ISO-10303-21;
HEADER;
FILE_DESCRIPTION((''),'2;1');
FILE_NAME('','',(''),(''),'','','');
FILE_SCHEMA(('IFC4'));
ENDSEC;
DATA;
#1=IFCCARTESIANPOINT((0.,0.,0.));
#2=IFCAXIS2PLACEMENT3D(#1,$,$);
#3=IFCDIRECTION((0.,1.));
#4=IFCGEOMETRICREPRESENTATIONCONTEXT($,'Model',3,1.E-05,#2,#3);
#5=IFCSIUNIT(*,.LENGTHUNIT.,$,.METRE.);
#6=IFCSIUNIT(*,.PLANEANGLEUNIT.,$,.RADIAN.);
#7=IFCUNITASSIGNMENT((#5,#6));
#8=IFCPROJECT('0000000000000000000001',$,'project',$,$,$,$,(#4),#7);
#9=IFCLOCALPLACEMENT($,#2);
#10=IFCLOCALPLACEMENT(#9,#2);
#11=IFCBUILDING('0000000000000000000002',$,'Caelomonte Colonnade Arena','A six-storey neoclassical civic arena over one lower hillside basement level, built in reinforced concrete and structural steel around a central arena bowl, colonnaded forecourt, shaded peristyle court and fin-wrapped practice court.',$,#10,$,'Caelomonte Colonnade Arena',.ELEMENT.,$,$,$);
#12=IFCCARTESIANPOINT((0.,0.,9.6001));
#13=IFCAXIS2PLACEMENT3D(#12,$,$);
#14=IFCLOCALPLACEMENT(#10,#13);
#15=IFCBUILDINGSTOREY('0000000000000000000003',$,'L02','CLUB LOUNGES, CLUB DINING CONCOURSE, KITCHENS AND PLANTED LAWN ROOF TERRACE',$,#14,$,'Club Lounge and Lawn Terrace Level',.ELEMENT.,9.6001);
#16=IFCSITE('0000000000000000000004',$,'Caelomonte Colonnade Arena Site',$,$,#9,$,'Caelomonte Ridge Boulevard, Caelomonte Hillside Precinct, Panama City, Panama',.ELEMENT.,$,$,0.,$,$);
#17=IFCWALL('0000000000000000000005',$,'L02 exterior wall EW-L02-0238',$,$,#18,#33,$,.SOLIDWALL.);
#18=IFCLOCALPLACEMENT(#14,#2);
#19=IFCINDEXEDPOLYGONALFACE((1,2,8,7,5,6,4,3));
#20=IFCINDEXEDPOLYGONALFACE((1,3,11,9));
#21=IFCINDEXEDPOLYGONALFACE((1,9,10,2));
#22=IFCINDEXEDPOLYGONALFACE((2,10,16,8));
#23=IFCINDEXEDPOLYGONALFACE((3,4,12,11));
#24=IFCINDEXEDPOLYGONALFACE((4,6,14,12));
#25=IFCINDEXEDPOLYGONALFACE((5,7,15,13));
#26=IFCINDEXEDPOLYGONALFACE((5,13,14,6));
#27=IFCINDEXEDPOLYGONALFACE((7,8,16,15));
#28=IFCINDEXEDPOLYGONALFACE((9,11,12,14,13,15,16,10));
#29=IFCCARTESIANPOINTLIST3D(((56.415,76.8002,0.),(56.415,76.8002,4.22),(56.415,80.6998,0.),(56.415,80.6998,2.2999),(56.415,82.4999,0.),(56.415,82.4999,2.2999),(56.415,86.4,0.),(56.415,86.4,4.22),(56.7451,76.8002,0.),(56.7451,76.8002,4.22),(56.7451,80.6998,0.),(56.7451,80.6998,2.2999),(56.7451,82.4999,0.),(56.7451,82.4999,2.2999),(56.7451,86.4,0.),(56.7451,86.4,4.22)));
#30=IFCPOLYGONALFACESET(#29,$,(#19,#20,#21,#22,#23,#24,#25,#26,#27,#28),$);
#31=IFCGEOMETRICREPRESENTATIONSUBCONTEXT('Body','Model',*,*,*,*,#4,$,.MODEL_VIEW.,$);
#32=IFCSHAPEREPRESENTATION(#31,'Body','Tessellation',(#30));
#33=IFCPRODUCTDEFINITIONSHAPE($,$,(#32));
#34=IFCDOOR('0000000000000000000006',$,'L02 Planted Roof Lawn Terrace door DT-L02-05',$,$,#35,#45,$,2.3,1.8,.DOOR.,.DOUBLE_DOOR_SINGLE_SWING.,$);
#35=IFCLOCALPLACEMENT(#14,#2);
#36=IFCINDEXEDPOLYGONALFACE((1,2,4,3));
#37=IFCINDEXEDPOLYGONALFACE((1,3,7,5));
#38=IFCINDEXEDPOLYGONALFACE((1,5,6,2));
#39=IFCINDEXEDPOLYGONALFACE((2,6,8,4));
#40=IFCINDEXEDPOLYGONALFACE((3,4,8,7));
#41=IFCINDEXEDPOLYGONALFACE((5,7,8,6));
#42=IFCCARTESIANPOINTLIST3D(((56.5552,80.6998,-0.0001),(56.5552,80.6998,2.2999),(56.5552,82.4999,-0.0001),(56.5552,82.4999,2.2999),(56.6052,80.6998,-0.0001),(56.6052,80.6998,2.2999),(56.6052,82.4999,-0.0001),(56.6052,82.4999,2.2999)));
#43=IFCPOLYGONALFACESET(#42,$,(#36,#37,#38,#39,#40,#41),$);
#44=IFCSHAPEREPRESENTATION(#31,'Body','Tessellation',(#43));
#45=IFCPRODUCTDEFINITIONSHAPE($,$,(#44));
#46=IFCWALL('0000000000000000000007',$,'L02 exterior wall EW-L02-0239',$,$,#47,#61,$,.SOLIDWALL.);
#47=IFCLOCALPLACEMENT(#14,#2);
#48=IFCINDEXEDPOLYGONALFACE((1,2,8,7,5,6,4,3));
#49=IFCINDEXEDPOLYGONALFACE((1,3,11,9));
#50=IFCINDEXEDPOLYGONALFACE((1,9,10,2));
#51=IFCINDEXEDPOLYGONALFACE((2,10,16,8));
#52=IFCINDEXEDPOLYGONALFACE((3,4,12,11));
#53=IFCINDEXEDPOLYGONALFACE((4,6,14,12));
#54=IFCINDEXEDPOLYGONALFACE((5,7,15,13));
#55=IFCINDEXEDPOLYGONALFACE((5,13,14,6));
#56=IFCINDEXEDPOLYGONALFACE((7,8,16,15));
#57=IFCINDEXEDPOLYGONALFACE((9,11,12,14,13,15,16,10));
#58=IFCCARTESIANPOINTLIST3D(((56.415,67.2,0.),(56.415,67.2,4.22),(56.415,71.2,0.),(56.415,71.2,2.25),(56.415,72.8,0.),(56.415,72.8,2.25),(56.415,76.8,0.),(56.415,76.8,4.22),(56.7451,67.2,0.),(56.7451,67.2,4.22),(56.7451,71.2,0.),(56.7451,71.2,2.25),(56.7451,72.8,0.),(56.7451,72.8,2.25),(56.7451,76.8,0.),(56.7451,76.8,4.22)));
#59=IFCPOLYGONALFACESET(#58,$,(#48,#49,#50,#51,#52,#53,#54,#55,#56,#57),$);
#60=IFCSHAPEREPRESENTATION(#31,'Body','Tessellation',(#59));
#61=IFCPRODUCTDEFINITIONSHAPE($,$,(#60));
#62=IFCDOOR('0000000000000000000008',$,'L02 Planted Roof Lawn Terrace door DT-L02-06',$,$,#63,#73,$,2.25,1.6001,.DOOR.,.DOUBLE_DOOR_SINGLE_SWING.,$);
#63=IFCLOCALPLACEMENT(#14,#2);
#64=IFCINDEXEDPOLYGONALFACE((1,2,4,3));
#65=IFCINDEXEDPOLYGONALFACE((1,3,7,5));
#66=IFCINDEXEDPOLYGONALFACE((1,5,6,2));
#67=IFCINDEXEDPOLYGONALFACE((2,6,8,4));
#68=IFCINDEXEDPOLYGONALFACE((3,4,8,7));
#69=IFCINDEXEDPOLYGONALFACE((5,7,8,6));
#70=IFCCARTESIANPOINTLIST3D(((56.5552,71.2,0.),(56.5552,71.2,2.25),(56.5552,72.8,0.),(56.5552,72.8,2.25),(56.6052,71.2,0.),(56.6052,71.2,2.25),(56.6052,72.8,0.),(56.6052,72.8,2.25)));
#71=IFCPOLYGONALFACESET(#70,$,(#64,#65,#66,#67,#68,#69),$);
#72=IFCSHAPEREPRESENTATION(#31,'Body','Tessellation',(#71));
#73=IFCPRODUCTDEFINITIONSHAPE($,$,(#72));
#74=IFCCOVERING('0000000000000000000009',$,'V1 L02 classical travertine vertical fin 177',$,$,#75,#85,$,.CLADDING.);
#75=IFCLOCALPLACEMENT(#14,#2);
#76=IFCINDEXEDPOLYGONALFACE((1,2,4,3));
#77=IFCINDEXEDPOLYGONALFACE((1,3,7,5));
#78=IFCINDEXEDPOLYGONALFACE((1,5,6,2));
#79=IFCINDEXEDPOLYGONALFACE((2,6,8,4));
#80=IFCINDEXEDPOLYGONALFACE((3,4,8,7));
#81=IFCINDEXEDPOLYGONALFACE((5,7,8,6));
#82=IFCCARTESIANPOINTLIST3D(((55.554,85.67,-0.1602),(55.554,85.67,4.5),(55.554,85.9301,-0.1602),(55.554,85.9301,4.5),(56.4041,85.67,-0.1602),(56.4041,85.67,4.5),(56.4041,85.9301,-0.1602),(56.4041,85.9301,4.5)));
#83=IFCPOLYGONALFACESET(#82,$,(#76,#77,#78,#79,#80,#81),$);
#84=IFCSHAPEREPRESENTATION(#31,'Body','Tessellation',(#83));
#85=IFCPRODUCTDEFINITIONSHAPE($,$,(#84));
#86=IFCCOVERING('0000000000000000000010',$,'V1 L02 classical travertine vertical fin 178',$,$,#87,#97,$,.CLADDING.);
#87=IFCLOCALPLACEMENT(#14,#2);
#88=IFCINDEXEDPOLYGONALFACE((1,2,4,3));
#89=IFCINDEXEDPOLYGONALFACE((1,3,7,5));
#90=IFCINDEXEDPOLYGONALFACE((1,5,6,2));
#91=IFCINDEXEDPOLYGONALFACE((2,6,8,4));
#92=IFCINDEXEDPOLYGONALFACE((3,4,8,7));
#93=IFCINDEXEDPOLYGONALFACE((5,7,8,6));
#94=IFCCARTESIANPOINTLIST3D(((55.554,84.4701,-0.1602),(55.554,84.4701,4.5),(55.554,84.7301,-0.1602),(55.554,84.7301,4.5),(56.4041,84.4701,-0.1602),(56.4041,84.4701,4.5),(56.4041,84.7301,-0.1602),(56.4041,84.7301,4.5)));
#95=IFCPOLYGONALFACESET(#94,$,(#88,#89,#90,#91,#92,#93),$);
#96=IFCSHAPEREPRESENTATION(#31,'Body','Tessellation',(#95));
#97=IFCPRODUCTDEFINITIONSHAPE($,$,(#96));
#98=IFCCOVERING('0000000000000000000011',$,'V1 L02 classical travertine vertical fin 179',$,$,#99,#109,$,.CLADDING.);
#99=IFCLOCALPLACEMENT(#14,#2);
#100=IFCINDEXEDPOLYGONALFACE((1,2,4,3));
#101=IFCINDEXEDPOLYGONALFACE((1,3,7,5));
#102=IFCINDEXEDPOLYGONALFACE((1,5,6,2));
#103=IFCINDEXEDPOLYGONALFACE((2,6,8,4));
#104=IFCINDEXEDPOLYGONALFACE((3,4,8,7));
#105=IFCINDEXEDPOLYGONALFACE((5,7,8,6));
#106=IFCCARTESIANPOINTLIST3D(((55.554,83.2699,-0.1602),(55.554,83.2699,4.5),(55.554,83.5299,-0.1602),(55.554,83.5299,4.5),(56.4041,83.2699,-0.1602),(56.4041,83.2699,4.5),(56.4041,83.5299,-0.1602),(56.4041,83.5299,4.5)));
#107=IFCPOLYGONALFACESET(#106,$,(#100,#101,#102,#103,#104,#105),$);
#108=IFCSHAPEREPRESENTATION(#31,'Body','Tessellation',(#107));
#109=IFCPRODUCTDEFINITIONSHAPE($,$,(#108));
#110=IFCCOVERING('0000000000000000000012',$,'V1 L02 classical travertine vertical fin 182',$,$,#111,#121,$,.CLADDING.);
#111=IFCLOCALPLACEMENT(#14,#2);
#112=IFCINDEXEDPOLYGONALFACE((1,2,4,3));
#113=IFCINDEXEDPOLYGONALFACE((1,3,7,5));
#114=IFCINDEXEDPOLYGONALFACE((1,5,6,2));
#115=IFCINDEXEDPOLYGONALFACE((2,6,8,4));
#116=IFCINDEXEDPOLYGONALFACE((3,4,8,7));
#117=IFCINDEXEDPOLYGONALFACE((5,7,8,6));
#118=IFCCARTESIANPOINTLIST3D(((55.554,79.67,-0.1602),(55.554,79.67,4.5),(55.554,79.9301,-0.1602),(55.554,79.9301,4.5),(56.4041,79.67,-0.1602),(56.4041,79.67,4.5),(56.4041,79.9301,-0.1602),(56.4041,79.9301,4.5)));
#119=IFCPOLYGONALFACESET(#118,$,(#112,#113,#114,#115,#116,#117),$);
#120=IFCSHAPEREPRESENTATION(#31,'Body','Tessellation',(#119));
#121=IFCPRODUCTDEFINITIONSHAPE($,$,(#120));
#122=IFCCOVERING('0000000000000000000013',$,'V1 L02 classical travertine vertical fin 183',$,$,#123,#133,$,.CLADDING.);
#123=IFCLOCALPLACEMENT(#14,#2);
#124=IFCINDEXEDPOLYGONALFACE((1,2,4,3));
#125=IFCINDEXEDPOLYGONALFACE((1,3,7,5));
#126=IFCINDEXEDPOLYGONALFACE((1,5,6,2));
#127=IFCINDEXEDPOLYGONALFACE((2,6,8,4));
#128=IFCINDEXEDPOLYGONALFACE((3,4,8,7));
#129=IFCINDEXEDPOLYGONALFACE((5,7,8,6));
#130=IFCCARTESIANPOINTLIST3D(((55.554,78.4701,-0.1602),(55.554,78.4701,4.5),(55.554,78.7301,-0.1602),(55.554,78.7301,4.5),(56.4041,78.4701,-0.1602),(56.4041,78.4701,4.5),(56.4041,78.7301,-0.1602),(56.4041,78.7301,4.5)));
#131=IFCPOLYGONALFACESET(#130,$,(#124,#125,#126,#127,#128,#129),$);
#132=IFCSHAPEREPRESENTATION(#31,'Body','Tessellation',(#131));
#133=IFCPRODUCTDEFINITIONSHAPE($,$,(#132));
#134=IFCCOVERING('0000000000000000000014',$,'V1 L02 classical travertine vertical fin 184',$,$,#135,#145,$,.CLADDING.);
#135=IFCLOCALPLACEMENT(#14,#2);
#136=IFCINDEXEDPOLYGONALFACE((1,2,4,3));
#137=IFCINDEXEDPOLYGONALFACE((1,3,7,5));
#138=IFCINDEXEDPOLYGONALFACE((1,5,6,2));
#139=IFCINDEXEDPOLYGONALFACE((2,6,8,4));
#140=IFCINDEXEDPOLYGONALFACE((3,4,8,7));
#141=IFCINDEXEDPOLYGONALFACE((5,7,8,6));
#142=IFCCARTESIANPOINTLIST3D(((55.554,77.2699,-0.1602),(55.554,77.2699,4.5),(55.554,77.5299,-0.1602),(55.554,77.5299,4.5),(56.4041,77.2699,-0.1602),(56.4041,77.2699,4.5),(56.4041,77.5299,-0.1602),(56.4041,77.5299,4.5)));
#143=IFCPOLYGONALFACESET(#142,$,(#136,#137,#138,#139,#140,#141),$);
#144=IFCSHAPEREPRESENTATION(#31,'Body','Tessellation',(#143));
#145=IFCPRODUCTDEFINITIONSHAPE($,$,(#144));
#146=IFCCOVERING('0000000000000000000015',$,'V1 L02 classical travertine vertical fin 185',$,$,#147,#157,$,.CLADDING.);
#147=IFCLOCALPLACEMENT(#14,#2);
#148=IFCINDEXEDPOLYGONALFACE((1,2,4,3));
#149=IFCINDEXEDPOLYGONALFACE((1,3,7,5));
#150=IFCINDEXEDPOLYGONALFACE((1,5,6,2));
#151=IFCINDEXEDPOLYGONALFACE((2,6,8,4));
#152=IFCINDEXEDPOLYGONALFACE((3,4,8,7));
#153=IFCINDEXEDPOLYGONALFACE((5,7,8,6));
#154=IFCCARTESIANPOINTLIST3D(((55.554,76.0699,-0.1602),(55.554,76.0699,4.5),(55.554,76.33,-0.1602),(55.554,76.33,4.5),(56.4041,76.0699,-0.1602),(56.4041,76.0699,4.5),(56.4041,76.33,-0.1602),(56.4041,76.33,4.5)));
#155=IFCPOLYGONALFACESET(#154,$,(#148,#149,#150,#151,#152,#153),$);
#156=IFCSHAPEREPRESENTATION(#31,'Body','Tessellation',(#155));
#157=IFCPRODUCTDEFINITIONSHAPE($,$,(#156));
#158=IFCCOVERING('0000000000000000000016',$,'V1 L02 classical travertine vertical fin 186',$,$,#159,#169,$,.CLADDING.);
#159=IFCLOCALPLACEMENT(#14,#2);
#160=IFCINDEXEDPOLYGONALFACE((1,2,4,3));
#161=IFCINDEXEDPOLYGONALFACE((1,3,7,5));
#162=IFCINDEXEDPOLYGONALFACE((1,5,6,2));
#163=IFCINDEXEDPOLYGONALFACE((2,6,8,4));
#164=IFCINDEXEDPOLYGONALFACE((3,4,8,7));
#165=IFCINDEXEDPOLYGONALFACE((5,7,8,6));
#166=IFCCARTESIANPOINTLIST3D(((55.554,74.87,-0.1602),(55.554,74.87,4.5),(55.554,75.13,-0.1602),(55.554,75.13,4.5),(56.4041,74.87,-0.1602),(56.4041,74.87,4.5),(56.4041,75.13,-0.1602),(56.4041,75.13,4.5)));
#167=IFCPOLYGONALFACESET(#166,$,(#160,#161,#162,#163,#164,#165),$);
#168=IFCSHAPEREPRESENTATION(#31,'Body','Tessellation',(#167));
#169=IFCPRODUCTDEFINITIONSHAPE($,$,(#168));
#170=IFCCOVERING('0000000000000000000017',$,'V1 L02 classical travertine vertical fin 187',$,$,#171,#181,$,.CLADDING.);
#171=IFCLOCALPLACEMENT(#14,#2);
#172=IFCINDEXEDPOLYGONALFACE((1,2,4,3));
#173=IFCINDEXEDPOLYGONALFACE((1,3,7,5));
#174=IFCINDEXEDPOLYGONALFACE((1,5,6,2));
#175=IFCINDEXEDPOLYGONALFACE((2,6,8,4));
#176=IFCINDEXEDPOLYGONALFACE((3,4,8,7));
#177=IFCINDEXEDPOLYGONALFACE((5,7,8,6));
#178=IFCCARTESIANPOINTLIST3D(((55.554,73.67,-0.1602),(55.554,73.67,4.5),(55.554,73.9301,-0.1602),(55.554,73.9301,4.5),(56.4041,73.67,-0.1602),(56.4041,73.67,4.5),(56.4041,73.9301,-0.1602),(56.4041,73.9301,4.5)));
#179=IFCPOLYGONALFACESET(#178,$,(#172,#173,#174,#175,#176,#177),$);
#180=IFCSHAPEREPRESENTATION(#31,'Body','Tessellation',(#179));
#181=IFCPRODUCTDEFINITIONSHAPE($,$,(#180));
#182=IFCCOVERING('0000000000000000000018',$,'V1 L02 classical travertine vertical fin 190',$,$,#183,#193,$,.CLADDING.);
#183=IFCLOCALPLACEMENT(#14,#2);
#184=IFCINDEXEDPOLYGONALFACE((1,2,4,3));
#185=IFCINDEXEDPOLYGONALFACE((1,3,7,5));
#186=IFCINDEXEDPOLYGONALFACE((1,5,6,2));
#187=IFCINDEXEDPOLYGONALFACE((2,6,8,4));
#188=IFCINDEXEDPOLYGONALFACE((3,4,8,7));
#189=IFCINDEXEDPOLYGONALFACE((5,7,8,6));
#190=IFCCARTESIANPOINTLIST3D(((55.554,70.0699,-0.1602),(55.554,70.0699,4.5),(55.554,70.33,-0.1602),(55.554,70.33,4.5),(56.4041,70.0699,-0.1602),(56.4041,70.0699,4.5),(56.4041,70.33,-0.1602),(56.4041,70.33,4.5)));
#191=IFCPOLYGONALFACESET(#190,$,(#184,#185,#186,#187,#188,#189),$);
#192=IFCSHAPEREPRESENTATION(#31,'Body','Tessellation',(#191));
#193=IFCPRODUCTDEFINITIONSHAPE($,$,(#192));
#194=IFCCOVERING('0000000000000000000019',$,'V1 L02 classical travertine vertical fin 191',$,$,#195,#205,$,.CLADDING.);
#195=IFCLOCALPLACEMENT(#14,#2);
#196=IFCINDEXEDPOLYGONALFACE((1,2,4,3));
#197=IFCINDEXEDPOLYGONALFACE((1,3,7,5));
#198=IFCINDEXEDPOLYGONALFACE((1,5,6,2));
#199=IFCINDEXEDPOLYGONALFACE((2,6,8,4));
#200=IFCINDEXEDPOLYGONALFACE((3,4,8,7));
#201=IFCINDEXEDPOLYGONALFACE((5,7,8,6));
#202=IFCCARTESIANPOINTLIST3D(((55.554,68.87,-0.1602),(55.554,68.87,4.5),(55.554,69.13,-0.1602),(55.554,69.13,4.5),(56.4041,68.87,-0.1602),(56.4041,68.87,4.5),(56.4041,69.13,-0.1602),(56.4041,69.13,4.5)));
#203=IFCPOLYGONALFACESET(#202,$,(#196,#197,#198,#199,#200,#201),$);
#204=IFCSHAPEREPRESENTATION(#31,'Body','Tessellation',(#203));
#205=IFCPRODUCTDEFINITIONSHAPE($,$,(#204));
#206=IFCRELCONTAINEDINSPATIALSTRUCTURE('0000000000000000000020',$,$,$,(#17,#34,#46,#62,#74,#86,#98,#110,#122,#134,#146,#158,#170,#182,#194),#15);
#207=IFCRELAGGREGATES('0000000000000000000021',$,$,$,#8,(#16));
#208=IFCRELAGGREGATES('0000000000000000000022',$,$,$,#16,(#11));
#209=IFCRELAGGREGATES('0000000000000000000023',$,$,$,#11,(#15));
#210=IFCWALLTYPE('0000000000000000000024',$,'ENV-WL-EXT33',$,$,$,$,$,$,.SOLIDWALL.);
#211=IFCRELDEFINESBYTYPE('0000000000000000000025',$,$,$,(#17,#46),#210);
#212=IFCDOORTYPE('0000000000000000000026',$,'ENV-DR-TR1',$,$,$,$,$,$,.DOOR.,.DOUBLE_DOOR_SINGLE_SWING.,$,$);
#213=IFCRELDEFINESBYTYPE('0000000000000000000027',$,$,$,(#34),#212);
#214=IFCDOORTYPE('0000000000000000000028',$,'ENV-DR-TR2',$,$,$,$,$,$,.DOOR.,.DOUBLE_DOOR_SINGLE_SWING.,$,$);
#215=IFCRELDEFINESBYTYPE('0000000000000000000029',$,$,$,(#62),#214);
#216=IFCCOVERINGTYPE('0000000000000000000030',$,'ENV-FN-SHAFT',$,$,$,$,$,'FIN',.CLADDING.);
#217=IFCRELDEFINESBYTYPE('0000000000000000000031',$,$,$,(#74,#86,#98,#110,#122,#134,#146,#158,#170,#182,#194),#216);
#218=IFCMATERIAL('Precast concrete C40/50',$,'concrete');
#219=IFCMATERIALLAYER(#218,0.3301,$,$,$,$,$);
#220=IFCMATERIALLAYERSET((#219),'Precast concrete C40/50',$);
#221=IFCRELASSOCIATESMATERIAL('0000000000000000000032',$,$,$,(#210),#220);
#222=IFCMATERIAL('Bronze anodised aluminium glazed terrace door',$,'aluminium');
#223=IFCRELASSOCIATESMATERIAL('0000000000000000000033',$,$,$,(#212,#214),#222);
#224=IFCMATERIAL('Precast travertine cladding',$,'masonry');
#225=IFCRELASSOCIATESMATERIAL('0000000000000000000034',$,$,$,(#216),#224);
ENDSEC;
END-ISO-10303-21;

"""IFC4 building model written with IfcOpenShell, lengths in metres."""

from ifc_helpers import new_model, si_unit, direction, frame, frame_2d, origin, origin_2d, place, context, subcontext, project, spatial, rectangle, extrude, material, layer, layer_set, material_profile, profile_set, type_object, element, fill, save


model = new_model("IFC4")

# Units and contexts
model_context = context("Model", 3, precision=1e-05, world=origin(), true_north=direction((0.0, 1.0)))
body_context = subcontext(model_context, "Body", "Model", "MODEL_VIEW")
ifc_project = project(units=[si_unit("LENGTHUNIT", "METRE"), si_unit("PLANEANGLEUNIT", "RADIAN")], contexts=[model_context])

# Site, building, storey
site_placement = place(None, origin())
site = spatial("IfcSite", under=ifc_project, at=site_placement, Name="Caelomonte Colonnade Arena Site", LongName="Caelomonte Ridge Boulevard, Caelomonte Hillside Precinct, Panama City, Panama", CompositionType="ELEMENT", RefElevation=0.0)
building_placement = place(site_placement, origin())
building = spatial("IfcBuilding", under=site, at=building_placement, Name="Caelomonte Colonnade Arena", Description="A six-storey neoclassical civic arena over one lower hillside basement level, built in reinforced concrete and structural steel around a central arena bowl, colonnaded forecourt, shaded peristyle court and fin-wrapped practice court.", LongName="Caelomonte Colonnade Arena", CompositionType="ELEMENT")
storey_placement = place(building_placement, frame((0.0, 0.0, 9.6001)))
storey = spatial("IfcBuildingStorey", under=building, at=storey_placement, Name="L02", Description="CLUB LOUNGES, CLUB DINING CONCOURSE, KITCHENS AND PLANTED LAWN ROOF TERRACE", LongName="Club Lounge and Lawn Terrace Level", CompositionType="ELEMENT", Elevation=9.6001)

# Walls, openings, doors
ifc_material_1 = material(Name="Precast concrete C40/50", Category="concrete")
ifc_layer = layer(ifc_material_1, 0.3301)
ifc_layer_set = layer_set([ifc_layer], Name="Precast concrete C40/50")
wall_type = type_object("IfcWallType", Name="ENV-WL-EXT33", PredefinedType="SOLIDWALL", material=ifc_layer_set)
wall_1_placement = place(storey_placement, frame((56.5801, 86.3999, 0.0), z_axis=(0.0, 0.0, 1.0), x_axis=(0.0, -1.0, 0.0)))
wall_1 = element("IfcWall", 1, at=wall_1_placement, inside=storey, type_object=wall_type, Name="L02 exterior wall EW-L02-0238", PredefinedType="SOLIDWALL", context=body_context, shape_type="SweptSolid", body=[
    extrude(rectangle(XDim=9.5999, YDim=0.3301, at=frame_2d((4.7998, 0.0))), origin(), (0.0, 0.0, 1.0), 4.22),
])
opening_1_placement = place(wall_1_placement, frame((5.7, 0.0, 0.0), z_axis=(0.0, 0.0, 1.0), x_axis=(-1.0, 0.0, 0.0)))
opening_1 = element("IfcOpeningElement", 2, at=opening_1_placement, cuts=wall_1, PredefinedType="OPENING", context=body_context, shape_type="SweptSolid", body=[
    extrude(rectangle(XDim=1.8, YDim=2.3, at=frame_2d((0.8999, 1.1499))), frame((0.0, 0.175, 0.0), z_axis=(0.0, -1.0, 0.0), x_axis=(1.0, 0.0, 0.0)), (0.0, 0.0, 1.0), 0.3501),
])
ifc_material_2 = material(Name="Bronze anodised aluminium glazed terrace door", Category="aluminium")
door_type_1 = type_object("IfcDoorType", Name="ENV-DR-TR1", OperationType="DOUBLE_DOOR_SINGLE_SWING", PredefinedType="DOOR", material=ifc_material_2)
door_1_placement = place(opening_1_placement, origin())
door_1 = element("IfcDoor", 3, at=door_1_placement, inside=storey, type_object=door_type_1, Name="L02 Planted Roof Lawn Terrace door DT-L02-05", OperationType="DOUBLE_DOOR_SINGLE_SWING", OverallHeight=2.3, OverallWidth=1.8, PredefinedType="DOOR", context=body_context, shape_type="SweptSolid", body=[
    extrude(rectangle(XDim=1.8, YDim=2.3, at=frame_2d((0.8999, 1.1499))), frame((0.0, 0.0249, 0.0), z_axis=(0.0, -1.0, 0.0), x_axis=(1.0, 0.0, 0.0)), (0.0, 0.0, 1.0), 0.05),
])
fill(opening_1, door_1)
wall_2_placement = place(storey_placement, frame((56.5801, 76.8, 0.0), z_axis=(0.0, 0.0, 1.0), x_axis=(0.0, -1.0, 0.0)))
wall_2 = element("IfcWall", 4, at=wall_2_placement, inside=storey, type_object=wall_type, Name="L02 exterior wall EW-L02-0239", PredefinedType="SOLIDWALL", context=body_context, shape_type="SweptSolid", body=[
    extrude(rectangle(XDim=9.6001, YDim=0.3301, at=frame_2d((4.8, 0.0))), origin(), (0.0, 0.0, 1.0), 4.22),
])
opening_2_placement = place(wall_2_placement, frame((5.6001, 0.0, 0.0), z_axis=(0.0, 0.0, 1.0), x_axis=(-1.0, 0.0, 0.0)))
opening_2 = element("IfcOpeningElement", 5, at=opening_2_placement, cuts=wall_2, PredefinedType="OPENING", context=body_context, shape_type="SweptSolid", body=[
    extrude(rectangle(XDim=1.6001, YDim=2.25, at=frame_2d((0.8, 1.125))), frame((0.0, 0.175, 0.0), z_axis=(0.0, -1.0, 0.0), x_axis=(1.0, 0.0, 0.0)), (0.0, 0.0, 1.0), 0.3501),
])
door_type_2 = type_object("IfcDoorType", Name="ENV-DR-TR2", OperationType="DOUBLE_DOOR_SINGLE_SWING", PredefinedType="DOOR", material=ifc_material_2)
door_2_placement = place(opening_2_placement, origin())
door_2 = element("IfcDoor", 6, at=door_2_placement, inside=storey, type_object=door_type_2, Name="L02 Planted Roof Lawn Terrace door DT-L02-06", OperationType="DOUBLE_DOOR_SINGLE_SWING", OverallHeight=2.25, OverallWidth=1.6001, PredefinedType="DOOR", context=body_context, shape_type="SweptSolid", body=[
    extrude(rectangle(XDim=1.6001, YDim=2.25, at=frame_2d((0.8, 1.125))), frame((0.0, 0.0249, 0.0), z_axis=(0.0, -1.0, 0.0), x_axis=(1.0, 0.0, 0.0)), (0.0, 0.0, 1.0), 0.05),
])
fill(opening_2, door_2)

# Coverings
ifc_material_3 = material(Name="Precast travertine cladding", Category="masonry")
ifc_material_profile = material_profile(ifc_material_3, rectangle(XDim=0.26, YDim=0.8501, at=origin_2d()), Name="FIN260X850")
ifc_profile_set = profile_set([ifc_material_profile], Name="Precast travertine cladding")
covering_type = type_object("IfcCoveringType", Name="ENV-FN-SHAFT", ElementType="FIN", PredefinedType="CLADDING", material=ifc_profile_set)
for number, where, z_axis, x_axis, name in (
    (7, (55.979, 85.8, -0.1602), (0.0, 0.0, 1.0), (0.0, 1.0, 0.0), "V1 L02 classical travertine vertical fin 177"),
    (8, (55.979, 84.6001, -0.1602), (0.0, 0.0, 1.0), (0.0, 1.0, 0.0), "V1 L02 classical travertine vertical fin 178"),
    (9, (55.979, 83.3999, -0.1602), (0.0, 0.0, 1.0), (0.0, 1.0, 0.0), "V1 L02 classical travertine vertical fin 179"),
    (10, (55.979, 79.8, -0.1602), (0.0, 0.0, 1.0), (0.0, 1.0, 0.0), "V1 L02 classical travertine vertical fin 182"),
    (11, (55.979, 78.6001, -0.1602), (0.0, 0.0, 1.0), (0.0, 1.0, 0.0), "V1 L02 classical travertine vertical fin 183"),
    (12, (55.979, 77.3999, -0.1602), (0.0, 0.0, 1.0), (0.0, 1.0, 0.0), "V1 L02 classical travertine vertical fin 184"),
    (13, (55.979, 76.2, -0.1602), (0.0, 0.0, 1.0), (0.0, 1.0, 0.0), "V1 L02 classical travertine vertical fin 185"),
    (14, (55.979, 75.0, -0.1602), (0.0, 0.0, 1.0), (0.0, 1.0, 0.0), "V1 L02 classical travertine vertical fin 186"),
    (15, (55.979, 73.8, -0.1602), (0.0, 0.0, 1.0), (0.0, 1.0, 0.0), "V1 L02 classical travertine vertical fin 187"),
    (16, (55.979, 70.2, -0.1602), (0.0, 0.0, 1.0), (0.0, 1.0, 0.0), "V1 L02 classical travertine vertical fin 190"),
    (17, (55.979, 69.0, -0.1602), (0.0, 0.0, 1.0), (0.0, 1.0, 0.0), "V1 L02 classical travertine vertical fin 191"),
):
    element("IfcCovering", number, at=place(storey_placement, frame(where, z_axis=z_axis, x_axis=x_axis)), inside=storey, type_object=covering_type, Name=name, PredefinedType="CLADDING", context=body_context, shape_type="SweptSolid", body=[
        extrude(rectangle(XDim=0.26, YDim=0.8501, at=origin_2d()), origin(), (0.0, 0.0, 1.0), 4.6602),
    ])

save(model, "model.ifc")
